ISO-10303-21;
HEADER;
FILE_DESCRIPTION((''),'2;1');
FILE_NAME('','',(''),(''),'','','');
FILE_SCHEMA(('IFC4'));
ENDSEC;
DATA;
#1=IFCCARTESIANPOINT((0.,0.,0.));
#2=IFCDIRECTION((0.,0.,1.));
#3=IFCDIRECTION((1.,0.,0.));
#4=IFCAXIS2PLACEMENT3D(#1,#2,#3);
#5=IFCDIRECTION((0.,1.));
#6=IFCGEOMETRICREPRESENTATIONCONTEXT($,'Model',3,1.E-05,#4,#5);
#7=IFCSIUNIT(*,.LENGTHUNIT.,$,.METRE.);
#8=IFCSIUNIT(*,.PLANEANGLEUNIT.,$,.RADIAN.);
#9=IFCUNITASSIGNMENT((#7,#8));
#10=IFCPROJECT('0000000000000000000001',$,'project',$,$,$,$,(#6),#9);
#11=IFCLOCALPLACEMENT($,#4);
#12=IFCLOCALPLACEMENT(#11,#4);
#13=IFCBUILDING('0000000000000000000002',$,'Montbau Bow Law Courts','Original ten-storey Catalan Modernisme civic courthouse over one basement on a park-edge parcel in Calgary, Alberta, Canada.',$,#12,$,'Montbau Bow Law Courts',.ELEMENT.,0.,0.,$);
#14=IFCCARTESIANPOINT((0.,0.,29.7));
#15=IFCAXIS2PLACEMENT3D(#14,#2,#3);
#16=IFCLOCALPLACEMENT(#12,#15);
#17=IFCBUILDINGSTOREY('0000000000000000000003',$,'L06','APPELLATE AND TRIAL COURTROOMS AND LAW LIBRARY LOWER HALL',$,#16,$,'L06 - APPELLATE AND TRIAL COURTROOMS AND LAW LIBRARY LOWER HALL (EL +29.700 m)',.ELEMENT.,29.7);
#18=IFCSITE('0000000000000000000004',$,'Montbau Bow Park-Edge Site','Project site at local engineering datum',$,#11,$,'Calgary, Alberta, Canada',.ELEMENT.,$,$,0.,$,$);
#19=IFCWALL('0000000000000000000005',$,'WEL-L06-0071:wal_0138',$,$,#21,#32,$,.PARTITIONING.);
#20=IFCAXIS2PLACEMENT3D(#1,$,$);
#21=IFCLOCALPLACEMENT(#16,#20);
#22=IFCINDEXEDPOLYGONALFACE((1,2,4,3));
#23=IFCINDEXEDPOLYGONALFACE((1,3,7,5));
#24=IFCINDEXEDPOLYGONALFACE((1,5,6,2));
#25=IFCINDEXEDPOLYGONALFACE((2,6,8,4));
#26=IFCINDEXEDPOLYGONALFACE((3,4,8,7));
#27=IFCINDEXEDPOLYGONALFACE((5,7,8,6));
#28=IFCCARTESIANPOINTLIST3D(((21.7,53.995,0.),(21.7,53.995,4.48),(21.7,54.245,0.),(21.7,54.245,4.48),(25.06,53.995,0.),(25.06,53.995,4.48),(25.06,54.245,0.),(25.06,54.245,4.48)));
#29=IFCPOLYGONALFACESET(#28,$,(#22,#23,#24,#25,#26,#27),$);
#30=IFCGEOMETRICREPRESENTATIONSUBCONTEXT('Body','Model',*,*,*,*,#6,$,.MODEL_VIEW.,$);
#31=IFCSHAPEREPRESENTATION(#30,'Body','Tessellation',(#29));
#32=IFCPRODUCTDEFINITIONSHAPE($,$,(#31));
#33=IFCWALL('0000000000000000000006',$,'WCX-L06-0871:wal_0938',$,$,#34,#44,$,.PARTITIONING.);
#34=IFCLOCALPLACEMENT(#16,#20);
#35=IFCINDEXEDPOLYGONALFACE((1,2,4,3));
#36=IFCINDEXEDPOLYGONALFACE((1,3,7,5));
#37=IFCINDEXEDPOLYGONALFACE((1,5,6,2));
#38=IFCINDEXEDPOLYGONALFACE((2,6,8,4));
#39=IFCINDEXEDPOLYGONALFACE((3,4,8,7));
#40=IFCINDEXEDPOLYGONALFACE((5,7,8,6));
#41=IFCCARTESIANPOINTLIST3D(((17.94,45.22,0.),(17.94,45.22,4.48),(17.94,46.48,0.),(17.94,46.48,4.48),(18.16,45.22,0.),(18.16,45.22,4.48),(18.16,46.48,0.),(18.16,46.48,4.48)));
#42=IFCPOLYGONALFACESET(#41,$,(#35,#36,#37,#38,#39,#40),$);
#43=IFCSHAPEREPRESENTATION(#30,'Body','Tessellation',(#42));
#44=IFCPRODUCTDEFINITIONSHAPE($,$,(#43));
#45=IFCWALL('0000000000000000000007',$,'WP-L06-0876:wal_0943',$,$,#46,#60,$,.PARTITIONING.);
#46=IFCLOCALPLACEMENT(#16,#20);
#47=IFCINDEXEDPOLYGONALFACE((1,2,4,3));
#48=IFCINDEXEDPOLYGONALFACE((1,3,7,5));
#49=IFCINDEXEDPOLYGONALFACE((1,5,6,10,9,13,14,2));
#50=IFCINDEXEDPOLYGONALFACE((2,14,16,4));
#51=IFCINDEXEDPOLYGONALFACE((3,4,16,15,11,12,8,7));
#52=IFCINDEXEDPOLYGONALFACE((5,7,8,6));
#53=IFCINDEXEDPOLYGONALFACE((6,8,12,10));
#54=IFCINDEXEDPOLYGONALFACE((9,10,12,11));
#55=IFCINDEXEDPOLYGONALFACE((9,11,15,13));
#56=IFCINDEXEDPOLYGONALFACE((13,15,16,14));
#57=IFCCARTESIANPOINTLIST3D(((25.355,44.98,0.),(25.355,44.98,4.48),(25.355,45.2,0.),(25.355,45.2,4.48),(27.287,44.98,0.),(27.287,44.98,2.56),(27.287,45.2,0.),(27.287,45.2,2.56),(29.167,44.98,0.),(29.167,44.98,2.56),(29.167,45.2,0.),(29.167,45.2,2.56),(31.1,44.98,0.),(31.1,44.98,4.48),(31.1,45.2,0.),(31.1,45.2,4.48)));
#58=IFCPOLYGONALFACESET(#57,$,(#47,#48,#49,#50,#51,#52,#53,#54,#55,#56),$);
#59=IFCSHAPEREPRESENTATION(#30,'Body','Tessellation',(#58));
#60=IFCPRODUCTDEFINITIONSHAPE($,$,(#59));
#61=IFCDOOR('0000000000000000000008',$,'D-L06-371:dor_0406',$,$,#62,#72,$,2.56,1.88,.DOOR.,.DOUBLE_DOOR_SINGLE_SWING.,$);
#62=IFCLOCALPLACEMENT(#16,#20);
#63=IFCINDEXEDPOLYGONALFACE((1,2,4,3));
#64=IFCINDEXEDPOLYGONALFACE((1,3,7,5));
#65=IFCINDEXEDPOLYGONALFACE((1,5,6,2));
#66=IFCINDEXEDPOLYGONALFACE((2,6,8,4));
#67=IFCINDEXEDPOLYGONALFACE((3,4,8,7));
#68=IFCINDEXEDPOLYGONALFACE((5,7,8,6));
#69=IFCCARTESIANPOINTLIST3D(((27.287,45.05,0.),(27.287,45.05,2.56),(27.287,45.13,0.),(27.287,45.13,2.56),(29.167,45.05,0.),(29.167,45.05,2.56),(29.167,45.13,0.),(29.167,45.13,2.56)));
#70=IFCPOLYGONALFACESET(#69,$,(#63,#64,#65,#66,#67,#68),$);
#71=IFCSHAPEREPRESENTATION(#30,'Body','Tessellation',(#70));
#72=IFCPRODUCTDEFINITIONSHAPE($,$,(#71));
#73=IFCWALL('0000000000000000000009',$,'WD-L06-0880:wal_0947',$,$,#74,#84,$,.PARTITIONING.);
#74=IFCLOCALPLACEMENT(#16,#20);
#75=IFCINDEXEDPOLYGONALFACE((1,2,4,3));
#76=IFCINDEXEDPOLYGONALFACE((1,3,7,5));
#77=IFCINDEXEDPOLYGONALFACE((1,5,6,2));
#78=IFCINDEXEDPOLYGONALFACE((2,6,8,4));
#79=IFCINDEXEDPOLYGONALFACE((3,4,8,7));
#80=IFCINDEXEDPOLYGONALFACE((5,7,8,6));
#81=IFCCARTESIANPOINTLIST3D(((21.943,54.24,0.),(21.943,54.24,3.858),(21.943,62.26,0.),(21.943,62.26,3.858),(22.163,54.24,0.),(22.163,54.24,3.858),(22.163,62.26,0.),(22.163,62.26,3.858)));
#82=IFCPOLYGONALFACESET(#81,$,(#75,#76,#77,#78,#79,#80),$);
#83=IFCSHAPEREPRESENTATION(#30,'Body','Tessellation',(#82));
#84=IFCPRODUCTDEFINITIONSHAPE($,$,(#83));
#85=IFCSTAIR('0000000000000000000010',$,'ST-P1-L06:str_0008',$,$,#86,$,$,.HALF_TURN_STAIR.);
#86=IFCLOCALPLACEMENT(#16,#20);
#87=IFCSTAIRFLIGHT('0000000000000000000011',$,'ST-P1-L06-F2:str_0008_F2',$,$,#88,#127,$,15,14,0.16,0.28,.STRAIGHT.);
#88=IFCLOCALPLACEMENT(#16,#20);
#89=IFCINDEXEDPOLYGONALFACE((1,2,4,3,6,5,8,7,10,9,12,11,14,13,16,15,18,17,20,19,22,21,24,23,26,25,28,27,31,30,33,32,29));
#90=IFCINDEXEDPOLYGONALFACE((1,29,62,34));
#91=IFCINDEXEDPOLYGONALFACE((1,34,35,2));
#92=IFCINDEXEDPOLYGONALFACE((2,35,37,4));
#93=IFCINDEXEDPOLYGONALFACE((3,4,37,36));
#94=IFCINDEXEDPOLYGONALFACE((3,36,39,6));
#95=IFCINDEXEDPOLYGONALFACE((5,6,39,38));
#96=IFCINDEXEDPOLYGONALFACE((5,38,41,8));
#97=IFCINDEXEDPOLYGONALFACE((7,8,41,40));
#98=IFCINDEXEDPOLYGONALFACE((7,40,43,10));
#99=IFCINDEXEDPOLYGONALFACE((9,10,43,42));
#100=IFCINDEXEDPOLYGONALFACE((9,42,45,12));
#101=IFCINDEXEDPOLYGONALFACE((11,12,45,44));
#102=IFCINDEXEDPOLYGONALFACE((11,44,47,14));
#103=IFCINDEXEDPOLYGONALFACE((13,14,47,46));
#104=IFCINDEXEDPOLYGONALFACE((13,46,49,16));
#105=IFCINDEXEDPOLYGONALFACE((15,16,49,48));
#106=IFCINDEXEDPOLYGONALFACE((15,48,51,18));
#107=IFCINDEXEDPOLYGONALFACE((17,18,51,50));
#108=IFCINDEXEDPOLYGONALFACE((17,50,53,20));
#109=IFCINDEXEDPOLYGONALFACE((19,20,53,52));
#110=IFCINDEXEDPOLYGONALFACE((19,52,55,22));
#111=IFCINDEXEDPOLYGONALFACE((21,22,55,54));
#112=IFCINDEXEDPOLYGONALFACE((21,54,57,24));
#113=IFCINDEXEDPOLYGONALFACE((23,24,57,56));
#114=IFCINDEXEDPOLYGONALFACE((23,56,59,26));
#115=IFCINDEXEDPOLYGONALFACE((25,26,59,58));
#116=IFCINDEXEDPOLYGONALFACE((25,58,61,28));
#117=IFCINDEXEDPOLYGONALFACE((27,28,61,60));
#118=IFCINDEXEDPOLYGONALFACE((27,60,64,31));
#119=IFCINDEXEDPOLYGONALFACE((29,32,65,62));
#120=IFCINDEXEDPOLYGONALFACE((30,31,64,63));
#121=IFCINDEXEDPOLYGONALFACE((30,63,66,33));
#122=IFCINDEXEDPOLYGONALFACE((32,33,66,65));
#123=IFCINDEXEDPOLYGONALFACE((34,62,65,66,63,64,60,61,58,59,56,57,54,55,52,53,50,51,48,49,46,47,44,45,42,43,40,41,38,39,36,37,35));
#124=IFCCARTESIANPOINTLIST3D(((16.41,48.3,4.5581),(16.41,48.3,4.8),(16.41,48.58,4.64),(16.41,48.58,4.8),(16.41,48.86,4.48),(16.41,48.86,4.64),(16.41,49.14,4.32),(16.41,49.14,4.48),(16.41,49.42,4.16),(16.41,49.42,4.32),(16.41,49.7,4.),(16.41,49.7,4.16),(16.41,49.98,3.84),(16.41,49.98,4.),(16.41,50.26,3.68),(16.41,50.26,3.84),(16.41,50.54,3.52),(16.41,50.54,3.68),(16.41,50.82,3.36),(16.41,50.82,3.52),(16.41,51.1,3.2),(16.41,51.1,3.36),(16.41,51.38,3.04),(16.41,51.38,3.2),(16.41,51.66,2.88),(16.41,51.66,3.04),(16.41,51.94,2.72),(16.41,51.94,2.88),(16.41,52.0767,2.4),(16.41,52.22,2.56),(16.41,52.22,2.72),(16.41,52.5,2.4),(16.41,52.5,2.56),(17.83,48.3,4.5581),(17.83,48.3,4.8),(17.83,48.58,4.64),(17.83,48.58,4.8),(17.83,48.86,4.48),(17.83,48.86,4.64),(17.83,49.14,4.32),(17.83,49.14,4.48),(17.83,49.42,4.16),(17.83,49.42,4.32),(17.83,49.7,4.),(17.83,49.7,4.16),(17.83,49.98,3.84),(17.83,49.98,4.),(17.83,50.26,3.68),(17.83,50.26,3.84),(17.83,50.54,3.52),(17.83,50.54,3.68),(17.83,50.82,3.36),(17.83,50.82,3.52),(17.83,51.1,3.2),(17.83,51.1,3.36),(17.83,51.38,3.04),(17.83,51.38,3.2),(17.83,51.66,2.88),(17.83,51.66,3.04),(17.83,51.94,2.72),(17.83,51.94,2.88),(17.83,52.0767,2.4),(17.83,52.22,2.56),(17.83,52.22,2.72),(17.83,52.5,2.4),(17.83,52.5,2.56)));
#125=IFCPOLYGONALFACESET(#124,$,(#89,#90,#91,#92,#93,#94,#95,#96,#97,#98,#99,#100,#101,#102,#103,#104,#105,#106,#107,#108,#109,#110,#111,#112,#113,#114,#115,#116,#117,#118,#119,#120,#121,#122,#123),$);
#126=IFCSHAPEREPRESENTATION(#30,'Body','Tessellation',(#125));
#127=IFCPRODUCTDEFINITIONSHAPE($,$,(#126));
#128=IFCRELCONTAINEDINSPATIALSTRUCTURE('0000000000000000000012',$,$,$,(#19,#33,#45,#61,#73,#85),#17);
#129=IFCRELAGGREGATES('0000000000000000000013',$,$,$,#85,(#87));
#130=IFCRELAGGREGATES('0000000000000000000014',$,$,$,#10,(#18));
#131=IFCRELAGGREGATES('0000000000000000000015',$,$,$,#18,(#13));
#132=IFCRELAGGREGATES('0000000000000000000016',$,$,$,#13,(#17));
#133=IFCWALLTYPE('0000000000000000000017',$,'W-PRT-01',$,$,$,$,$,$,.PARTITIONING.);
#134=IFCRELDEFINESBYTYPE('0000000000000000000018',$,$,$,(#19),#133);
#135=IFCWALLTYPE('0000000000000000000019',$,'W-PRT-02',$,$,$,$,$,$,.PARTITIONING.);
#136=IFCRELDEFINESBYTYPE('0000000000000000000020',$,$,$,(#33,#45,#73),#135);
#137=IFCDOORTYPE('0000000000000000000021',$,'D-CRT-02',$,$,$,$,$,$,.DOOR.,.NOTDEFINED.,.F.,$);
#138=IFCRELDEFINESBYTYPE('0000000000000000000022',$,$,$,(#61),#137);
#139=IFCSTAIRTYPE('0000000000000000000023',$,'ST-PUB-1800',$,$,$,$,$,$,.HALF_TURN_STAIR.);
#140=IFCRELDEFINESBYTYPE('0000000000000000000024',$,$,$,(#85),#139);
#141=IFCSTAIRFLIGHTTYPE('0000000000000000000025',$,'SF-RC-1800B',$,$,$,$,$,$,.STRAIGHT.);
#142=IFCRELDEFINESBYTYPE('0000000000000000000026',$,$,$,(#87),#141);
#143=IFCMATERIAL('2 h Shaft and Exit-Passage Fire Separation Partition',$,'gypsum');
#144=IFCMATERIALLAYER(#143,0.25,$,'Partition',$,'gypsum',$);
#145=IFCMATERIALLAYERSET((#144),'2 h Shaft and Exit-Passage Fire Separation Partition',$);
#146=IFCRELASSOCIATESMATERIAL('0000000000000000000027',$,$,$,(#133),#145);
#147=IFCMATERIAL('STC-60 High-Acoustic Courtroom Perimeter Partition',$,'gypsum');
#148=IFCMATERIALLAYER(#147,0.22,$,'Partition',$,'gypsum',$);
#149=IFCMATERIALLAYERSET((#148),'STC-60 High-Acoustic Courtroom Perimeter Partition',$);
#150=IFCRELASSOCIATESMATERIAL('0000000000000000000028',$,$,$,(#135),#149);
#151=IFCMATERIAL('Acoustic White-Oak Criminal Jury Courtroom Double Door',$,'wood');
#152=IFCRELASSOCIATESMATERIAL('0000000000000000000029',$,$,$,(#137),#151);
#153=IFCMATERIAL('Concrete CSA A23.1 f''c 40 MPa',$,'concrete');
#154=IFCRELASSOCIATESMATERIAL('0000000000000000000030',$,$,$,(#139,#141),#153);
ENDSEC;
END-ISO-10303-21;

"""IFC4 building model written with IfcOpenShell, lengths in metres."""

from ifc_helpers import new_model, si_unit, direction, frame, frame_2d, origin_with_axes, place, context, subcontext, project, spatial, polyline, rectangle, outline, extrude, material, layer, layer_set, type_object, element, fill, aggregate, save


model = new_model("IFC4")

# Units and contexts
model_context = context("Model", 3, precision=1e-05, world=origin_with_axes(), true_north=direction((0.0, 1.0)))
body_context = subcontext(model_context, "Body", "Model", "MODEL_VIEW")
ifc_project = project(units=[si_unit("LENGTHUNIT", "METRE"), si_unit("PLANEANGLEUNIT", "RADIAN")], contexts=[model_context])

# Site, building, storey
site_placement = place(None, origin_with_axes())
site = spatial("IfcSite", under=ifc_project, at=site_placement, Name="Montbau Bow Park-Edge Site", Description="Project site at local engineering datum", LongName="Calgary, Alberta, Canada", CompositionType="ELEMENT", RefElevation=0.0)
building_placement = place(site_placement, origin_with_axes())
building = spatial("IfcBuilding", under=site, at=building_placement, Name="Montbau Bow Law Courts", Description="Original ten-storey Catalan Modernisme civic courthouse over one basement on a park-edge parcel in Calgary, Alberta, Canada.", LongName="Montbau Bow Law Courts", CompositionType="ELEMENT", ElevationOfRefHeight=0.0, ElevationOfTerrain=0.0)
storey_placement = place(building_placement, frame((0.0, 0.0, 29.7), z_axis=(0.0, 0.0, 1.0), x_axis=(1.0, 0.0, 0.0)))
storey = spatial("IfcBuildingStorey", under=building, at=storey_placement, Name="L06", Description="APPELLATE AND TRIAL COURTROOMS AND LAW LIBRARY LOWER HALL", LongName="L06 - APPELLATE AND TRIAL COURTROOMS AND LAW LIBRARY LOWER HALL (EL +29.700 m)", CompositionType="ELEMENT", Elevation=29.7)

# Walls
ifc_material_1 = material(Name="2 h Shaft and Exit-Passage Fire Separation Partition", Category="gypsum")
ifc_layer_1 = layer(ifc_material_1, 0.25, Name="Partition", Category="gypsum")
ifc_layer_set_1 = layer_set([ifc_layer_1], Name="2 h Shaft and Exit-Passage Fire Separation Partition")
wall_type_1 = type_object("IfcWallType", Name="W-PRT-01", PredefinedType="PARTITIONING", material=ifc_layer_set_1)
wall_1_placement = place(None, frame((21.7, 54.12, 29.7), z_axis=(0.0, 0.0, 1.0), x_axis=(1.0, 0.0, 0.0)))
element("IfcWall", 1, at=wall_1_placement, inside=storey, type_object=wall_type_1, Name="WEL-L06-0071:wal_0138", PredefinedType="PARTITIONING", context=body_context, shape_type="SweptSolid", body=[
    extrude(rectangle(XDim=3.36, YDim=0.25, at=frame_2d((1.68, 0.0), x_axis=(1.0, 0.0))), origin_with_axes(), (0.0, 0.0, 1.0), 4.48),
])
ifc_material_2 = material(Name="STC-60 High-Acoustic Courtroom Perimeter Partition", Category="gypsum")
ifc_layer_2 = layer(ifc_material_2, 0.22, Name="Partition", Category="gypsum")
ifc_layer_set_2 = layer_set([ifc_layer_2], Name="STC-60 High-Acoustic Courtroom Perimeter Partition")
wall_type_2 = type_object("IfcWallType", Name="W-PRT-02", PredefinedType="PARTITIONING", material=ifc_layer_set_2)
wall_2_placement = place(None, frame((18.05, 45.22, 29.7), z_axis=(0.0, 0.0, 1.0), x_axis=(0.0, 1.0, 0.0)))
element("IfcWall", 2, at=wall_2_placement, inside=storey, type_object=wall_type_2, Name="WCX-L06-0871:wal_0938", PredefinedType="PARTITIONING", context=body_context, shape_type="SweptSolid", body=[
    extrude(rectangle(XDim=1.26, YDim=0.22, at=frame_2d((0.63, 0.0), x_axis=(1.0, 0.0))), origin_with_axes(), (0.0, 0.0, 1.0), 4.48),
])

# Wall, opening, door
wall_3_placement = place(None, frame((25.355, 45.09, 29.7), z_axis=(0.0, 0.0, 1.0), x_axis=(1.0, 0.0, 0.0)))
wall_3 = element("IfcWall", 3, at=wall_3_placement, inside=storey, type_object=wall_type_2, Name="WP-L06-0876:wal_0943", PredefinedType="PARTITIONING", context=body_context, shape_type="SweptSolid", body=[
    extrude(rectangle(XDim=5.745, YDim=0.22, at=frame_2d((2.8725, 0.0), x_axis=(1.0, 0.0))), origin_with_axes(), (0.0, 0.0, 1.0), 4.48),
])
opening_1_placement = place(None, frame((28.227, 45.09, 29.7), z_axis=(0.0, 0.0, 1.0), x_axis=(1.0, 0.0, 0.0)))
opening_1 = element("IfcOpeningElement", 4, at=opening_1_placement, cuts=wall_3, PredefinedType="OPENING", context=body_context, shape_type="SweptSolid", body=[
    extrude(rectangle(XDim=1.88, YDim=2.56, at=frame_2d((0.0, 1.28), x_axis=(1.0, 0.0))), frame((0.0, 0.12, 0.0), z_axis=(0.0, -1.0, 0.0), x_axis=(1.0, 0.0, 0.0)), (0.0, 0.0, 1.0), 0.24),
])
ifc_material_3 = material(Name="Acoustic White-Oak Criminal Jury Courtroom Double Door", Category="wood")
door_type_1 = type_object("IfcDoorType", Name="D-CRT-02", OperationType="NOTDEFINED", ParameterTakesPrecedence=False, PredefinedType="DOOR", material=ifc_material_3)
door_1_placement = place(None, frame((28.227, 45.09, 29.7), z_axis=(0.0, 0.0, 1.0), x_axis=(-1.0, 0.0, 0.0)))
door_1 = element("IfcDoor", 5, at=door_1_placement, inside=storey, type_object=door_type_1, Name="D-L06-371:dor_0406", OperationType="DOUBLE_DOOR_SINGLE_SWING", OverallHeight=2.56, OverallWidth=1.88, PredefinedType="DOOR", context=body_context, shape_type="SweptSolid", body=[
    extrude(rectangle(XDim=1.88, YDim=2.56, at=frame_2d((0.0, 1.28), x_axis=(1.0, 0.0))), frame((0.0, 0.04, 0.0), z_axis=(0.0, -1.0, 0.0), x_axis=(1.0, 0.0, 0.0)), (0.0, 0.0, 1.0), 0.08),
])
fill(opening_1, door_1)

# Wall
wall_4_placement = place(None, frame((22.053, 54.24, 29.7), z_axis=(0.0, 0.0, 1.0), x_axis=(0.0, 1.0, 0.0)))
element("IfcWall", 6, at=wall_4_placement, inside=storey, type_object=wall_type_2, Name="WD-L06-0880:wal_0947", PredefinedType="PARTITIONING", context=body_context, shape_type="SweptSolid", body=[
    extrude(rectangle(XDim=8.02, YDim=0.22, at=frame_2d((4.01, 0.0), x_axis=(1.0, 0.0))), origin_with_axes(), (0.0, 0.0, 1.0), 3.858),
])

# Stair, stair flight
ifc_material_4 = material(Name="Concrete CSA A23.1 f'c 40 MPa", Category="concrete")
stair_type = type_object("IfcStairType", Name="ST-PUB-1800", PredefinedType="HALF_TURN_STAIR", material=ifc_material_4)
stair_placement = place(None, frame((15.305, 48.3, 29.7), z_axis=(0.0, 0.0, 1.0), x_axis=(1.0, 0.0, 0.0)))
stair = element("IfcStair", 7, at=stair_placement, inside=storey, type_object=stair_type, Name="ST-P1-L06:str_0008", PredefinedType="HALF_TURN_STAIR")
stair_flight_type = type_object("IfcStairFlightType", Name="SF-RC-1800B", PredefinedType="STRAIGHT", material=ifc_material_4)
stair_flight_placement = place(None, frame((17.12, 52.5, 32.1), z_axis=(0.0, 0.0, 1.0), x_axis=(0.0, -1.0, 0.0)))
stair_flight = element("IfcStairFlight", 8, at=stair_flight_placement, type_object=stair_flight_type, Name="ST-P1-L06-F2:str_0008_F2", NumberOfRisers=15, NumberOfTreads=14, PredefinedType="STRAIGHT", RiserHeight=0.16, TreadLength=0.28, context=body_context, shape_type="SweptSolid", body=[
    extrude(outline(polyline([(0.0, 0.0), (0.0, 0.16), (0.28, 0.16), (0.28, 0.32), (0.56, 0.32), (0.56, 0.48), (0.84, 0.48), (0.84, 0.64), (1.12, 0.64), (1.12, 0.8), (1.4, 0.8), (1.4, 0.96), (1.68, 0.96), (1.68, 1.12), (1.96, 1.12), (1.96, 1.28), (2.24, 1.28), (2.24, 1.44), (2.52, 1.44), (2.52, 1.6), (2.8, 1.6), (2.8, 1.76), (3.08, 1.76), (3.08, 1.92), (3.36, 1.92), (3.36, 2.08), (3.64, 2.08), (3.64, 2.24), (3.92, 2.24), (3.92, 2.4), (4.2, 2.4), (4.2, 2.1581), (0.4233, 0.0), (0.0, 0.0)])), frame((0.0, 0.71, 0.0), z_axis=(0.0, -1.0, 0.0), x_axis=(1.0, 0.0, 0.0)), (0.0, 0.0, 1.0), 1.42),
])
aggregate(stair, [stair_flight])

save(model, "model.ifc")
